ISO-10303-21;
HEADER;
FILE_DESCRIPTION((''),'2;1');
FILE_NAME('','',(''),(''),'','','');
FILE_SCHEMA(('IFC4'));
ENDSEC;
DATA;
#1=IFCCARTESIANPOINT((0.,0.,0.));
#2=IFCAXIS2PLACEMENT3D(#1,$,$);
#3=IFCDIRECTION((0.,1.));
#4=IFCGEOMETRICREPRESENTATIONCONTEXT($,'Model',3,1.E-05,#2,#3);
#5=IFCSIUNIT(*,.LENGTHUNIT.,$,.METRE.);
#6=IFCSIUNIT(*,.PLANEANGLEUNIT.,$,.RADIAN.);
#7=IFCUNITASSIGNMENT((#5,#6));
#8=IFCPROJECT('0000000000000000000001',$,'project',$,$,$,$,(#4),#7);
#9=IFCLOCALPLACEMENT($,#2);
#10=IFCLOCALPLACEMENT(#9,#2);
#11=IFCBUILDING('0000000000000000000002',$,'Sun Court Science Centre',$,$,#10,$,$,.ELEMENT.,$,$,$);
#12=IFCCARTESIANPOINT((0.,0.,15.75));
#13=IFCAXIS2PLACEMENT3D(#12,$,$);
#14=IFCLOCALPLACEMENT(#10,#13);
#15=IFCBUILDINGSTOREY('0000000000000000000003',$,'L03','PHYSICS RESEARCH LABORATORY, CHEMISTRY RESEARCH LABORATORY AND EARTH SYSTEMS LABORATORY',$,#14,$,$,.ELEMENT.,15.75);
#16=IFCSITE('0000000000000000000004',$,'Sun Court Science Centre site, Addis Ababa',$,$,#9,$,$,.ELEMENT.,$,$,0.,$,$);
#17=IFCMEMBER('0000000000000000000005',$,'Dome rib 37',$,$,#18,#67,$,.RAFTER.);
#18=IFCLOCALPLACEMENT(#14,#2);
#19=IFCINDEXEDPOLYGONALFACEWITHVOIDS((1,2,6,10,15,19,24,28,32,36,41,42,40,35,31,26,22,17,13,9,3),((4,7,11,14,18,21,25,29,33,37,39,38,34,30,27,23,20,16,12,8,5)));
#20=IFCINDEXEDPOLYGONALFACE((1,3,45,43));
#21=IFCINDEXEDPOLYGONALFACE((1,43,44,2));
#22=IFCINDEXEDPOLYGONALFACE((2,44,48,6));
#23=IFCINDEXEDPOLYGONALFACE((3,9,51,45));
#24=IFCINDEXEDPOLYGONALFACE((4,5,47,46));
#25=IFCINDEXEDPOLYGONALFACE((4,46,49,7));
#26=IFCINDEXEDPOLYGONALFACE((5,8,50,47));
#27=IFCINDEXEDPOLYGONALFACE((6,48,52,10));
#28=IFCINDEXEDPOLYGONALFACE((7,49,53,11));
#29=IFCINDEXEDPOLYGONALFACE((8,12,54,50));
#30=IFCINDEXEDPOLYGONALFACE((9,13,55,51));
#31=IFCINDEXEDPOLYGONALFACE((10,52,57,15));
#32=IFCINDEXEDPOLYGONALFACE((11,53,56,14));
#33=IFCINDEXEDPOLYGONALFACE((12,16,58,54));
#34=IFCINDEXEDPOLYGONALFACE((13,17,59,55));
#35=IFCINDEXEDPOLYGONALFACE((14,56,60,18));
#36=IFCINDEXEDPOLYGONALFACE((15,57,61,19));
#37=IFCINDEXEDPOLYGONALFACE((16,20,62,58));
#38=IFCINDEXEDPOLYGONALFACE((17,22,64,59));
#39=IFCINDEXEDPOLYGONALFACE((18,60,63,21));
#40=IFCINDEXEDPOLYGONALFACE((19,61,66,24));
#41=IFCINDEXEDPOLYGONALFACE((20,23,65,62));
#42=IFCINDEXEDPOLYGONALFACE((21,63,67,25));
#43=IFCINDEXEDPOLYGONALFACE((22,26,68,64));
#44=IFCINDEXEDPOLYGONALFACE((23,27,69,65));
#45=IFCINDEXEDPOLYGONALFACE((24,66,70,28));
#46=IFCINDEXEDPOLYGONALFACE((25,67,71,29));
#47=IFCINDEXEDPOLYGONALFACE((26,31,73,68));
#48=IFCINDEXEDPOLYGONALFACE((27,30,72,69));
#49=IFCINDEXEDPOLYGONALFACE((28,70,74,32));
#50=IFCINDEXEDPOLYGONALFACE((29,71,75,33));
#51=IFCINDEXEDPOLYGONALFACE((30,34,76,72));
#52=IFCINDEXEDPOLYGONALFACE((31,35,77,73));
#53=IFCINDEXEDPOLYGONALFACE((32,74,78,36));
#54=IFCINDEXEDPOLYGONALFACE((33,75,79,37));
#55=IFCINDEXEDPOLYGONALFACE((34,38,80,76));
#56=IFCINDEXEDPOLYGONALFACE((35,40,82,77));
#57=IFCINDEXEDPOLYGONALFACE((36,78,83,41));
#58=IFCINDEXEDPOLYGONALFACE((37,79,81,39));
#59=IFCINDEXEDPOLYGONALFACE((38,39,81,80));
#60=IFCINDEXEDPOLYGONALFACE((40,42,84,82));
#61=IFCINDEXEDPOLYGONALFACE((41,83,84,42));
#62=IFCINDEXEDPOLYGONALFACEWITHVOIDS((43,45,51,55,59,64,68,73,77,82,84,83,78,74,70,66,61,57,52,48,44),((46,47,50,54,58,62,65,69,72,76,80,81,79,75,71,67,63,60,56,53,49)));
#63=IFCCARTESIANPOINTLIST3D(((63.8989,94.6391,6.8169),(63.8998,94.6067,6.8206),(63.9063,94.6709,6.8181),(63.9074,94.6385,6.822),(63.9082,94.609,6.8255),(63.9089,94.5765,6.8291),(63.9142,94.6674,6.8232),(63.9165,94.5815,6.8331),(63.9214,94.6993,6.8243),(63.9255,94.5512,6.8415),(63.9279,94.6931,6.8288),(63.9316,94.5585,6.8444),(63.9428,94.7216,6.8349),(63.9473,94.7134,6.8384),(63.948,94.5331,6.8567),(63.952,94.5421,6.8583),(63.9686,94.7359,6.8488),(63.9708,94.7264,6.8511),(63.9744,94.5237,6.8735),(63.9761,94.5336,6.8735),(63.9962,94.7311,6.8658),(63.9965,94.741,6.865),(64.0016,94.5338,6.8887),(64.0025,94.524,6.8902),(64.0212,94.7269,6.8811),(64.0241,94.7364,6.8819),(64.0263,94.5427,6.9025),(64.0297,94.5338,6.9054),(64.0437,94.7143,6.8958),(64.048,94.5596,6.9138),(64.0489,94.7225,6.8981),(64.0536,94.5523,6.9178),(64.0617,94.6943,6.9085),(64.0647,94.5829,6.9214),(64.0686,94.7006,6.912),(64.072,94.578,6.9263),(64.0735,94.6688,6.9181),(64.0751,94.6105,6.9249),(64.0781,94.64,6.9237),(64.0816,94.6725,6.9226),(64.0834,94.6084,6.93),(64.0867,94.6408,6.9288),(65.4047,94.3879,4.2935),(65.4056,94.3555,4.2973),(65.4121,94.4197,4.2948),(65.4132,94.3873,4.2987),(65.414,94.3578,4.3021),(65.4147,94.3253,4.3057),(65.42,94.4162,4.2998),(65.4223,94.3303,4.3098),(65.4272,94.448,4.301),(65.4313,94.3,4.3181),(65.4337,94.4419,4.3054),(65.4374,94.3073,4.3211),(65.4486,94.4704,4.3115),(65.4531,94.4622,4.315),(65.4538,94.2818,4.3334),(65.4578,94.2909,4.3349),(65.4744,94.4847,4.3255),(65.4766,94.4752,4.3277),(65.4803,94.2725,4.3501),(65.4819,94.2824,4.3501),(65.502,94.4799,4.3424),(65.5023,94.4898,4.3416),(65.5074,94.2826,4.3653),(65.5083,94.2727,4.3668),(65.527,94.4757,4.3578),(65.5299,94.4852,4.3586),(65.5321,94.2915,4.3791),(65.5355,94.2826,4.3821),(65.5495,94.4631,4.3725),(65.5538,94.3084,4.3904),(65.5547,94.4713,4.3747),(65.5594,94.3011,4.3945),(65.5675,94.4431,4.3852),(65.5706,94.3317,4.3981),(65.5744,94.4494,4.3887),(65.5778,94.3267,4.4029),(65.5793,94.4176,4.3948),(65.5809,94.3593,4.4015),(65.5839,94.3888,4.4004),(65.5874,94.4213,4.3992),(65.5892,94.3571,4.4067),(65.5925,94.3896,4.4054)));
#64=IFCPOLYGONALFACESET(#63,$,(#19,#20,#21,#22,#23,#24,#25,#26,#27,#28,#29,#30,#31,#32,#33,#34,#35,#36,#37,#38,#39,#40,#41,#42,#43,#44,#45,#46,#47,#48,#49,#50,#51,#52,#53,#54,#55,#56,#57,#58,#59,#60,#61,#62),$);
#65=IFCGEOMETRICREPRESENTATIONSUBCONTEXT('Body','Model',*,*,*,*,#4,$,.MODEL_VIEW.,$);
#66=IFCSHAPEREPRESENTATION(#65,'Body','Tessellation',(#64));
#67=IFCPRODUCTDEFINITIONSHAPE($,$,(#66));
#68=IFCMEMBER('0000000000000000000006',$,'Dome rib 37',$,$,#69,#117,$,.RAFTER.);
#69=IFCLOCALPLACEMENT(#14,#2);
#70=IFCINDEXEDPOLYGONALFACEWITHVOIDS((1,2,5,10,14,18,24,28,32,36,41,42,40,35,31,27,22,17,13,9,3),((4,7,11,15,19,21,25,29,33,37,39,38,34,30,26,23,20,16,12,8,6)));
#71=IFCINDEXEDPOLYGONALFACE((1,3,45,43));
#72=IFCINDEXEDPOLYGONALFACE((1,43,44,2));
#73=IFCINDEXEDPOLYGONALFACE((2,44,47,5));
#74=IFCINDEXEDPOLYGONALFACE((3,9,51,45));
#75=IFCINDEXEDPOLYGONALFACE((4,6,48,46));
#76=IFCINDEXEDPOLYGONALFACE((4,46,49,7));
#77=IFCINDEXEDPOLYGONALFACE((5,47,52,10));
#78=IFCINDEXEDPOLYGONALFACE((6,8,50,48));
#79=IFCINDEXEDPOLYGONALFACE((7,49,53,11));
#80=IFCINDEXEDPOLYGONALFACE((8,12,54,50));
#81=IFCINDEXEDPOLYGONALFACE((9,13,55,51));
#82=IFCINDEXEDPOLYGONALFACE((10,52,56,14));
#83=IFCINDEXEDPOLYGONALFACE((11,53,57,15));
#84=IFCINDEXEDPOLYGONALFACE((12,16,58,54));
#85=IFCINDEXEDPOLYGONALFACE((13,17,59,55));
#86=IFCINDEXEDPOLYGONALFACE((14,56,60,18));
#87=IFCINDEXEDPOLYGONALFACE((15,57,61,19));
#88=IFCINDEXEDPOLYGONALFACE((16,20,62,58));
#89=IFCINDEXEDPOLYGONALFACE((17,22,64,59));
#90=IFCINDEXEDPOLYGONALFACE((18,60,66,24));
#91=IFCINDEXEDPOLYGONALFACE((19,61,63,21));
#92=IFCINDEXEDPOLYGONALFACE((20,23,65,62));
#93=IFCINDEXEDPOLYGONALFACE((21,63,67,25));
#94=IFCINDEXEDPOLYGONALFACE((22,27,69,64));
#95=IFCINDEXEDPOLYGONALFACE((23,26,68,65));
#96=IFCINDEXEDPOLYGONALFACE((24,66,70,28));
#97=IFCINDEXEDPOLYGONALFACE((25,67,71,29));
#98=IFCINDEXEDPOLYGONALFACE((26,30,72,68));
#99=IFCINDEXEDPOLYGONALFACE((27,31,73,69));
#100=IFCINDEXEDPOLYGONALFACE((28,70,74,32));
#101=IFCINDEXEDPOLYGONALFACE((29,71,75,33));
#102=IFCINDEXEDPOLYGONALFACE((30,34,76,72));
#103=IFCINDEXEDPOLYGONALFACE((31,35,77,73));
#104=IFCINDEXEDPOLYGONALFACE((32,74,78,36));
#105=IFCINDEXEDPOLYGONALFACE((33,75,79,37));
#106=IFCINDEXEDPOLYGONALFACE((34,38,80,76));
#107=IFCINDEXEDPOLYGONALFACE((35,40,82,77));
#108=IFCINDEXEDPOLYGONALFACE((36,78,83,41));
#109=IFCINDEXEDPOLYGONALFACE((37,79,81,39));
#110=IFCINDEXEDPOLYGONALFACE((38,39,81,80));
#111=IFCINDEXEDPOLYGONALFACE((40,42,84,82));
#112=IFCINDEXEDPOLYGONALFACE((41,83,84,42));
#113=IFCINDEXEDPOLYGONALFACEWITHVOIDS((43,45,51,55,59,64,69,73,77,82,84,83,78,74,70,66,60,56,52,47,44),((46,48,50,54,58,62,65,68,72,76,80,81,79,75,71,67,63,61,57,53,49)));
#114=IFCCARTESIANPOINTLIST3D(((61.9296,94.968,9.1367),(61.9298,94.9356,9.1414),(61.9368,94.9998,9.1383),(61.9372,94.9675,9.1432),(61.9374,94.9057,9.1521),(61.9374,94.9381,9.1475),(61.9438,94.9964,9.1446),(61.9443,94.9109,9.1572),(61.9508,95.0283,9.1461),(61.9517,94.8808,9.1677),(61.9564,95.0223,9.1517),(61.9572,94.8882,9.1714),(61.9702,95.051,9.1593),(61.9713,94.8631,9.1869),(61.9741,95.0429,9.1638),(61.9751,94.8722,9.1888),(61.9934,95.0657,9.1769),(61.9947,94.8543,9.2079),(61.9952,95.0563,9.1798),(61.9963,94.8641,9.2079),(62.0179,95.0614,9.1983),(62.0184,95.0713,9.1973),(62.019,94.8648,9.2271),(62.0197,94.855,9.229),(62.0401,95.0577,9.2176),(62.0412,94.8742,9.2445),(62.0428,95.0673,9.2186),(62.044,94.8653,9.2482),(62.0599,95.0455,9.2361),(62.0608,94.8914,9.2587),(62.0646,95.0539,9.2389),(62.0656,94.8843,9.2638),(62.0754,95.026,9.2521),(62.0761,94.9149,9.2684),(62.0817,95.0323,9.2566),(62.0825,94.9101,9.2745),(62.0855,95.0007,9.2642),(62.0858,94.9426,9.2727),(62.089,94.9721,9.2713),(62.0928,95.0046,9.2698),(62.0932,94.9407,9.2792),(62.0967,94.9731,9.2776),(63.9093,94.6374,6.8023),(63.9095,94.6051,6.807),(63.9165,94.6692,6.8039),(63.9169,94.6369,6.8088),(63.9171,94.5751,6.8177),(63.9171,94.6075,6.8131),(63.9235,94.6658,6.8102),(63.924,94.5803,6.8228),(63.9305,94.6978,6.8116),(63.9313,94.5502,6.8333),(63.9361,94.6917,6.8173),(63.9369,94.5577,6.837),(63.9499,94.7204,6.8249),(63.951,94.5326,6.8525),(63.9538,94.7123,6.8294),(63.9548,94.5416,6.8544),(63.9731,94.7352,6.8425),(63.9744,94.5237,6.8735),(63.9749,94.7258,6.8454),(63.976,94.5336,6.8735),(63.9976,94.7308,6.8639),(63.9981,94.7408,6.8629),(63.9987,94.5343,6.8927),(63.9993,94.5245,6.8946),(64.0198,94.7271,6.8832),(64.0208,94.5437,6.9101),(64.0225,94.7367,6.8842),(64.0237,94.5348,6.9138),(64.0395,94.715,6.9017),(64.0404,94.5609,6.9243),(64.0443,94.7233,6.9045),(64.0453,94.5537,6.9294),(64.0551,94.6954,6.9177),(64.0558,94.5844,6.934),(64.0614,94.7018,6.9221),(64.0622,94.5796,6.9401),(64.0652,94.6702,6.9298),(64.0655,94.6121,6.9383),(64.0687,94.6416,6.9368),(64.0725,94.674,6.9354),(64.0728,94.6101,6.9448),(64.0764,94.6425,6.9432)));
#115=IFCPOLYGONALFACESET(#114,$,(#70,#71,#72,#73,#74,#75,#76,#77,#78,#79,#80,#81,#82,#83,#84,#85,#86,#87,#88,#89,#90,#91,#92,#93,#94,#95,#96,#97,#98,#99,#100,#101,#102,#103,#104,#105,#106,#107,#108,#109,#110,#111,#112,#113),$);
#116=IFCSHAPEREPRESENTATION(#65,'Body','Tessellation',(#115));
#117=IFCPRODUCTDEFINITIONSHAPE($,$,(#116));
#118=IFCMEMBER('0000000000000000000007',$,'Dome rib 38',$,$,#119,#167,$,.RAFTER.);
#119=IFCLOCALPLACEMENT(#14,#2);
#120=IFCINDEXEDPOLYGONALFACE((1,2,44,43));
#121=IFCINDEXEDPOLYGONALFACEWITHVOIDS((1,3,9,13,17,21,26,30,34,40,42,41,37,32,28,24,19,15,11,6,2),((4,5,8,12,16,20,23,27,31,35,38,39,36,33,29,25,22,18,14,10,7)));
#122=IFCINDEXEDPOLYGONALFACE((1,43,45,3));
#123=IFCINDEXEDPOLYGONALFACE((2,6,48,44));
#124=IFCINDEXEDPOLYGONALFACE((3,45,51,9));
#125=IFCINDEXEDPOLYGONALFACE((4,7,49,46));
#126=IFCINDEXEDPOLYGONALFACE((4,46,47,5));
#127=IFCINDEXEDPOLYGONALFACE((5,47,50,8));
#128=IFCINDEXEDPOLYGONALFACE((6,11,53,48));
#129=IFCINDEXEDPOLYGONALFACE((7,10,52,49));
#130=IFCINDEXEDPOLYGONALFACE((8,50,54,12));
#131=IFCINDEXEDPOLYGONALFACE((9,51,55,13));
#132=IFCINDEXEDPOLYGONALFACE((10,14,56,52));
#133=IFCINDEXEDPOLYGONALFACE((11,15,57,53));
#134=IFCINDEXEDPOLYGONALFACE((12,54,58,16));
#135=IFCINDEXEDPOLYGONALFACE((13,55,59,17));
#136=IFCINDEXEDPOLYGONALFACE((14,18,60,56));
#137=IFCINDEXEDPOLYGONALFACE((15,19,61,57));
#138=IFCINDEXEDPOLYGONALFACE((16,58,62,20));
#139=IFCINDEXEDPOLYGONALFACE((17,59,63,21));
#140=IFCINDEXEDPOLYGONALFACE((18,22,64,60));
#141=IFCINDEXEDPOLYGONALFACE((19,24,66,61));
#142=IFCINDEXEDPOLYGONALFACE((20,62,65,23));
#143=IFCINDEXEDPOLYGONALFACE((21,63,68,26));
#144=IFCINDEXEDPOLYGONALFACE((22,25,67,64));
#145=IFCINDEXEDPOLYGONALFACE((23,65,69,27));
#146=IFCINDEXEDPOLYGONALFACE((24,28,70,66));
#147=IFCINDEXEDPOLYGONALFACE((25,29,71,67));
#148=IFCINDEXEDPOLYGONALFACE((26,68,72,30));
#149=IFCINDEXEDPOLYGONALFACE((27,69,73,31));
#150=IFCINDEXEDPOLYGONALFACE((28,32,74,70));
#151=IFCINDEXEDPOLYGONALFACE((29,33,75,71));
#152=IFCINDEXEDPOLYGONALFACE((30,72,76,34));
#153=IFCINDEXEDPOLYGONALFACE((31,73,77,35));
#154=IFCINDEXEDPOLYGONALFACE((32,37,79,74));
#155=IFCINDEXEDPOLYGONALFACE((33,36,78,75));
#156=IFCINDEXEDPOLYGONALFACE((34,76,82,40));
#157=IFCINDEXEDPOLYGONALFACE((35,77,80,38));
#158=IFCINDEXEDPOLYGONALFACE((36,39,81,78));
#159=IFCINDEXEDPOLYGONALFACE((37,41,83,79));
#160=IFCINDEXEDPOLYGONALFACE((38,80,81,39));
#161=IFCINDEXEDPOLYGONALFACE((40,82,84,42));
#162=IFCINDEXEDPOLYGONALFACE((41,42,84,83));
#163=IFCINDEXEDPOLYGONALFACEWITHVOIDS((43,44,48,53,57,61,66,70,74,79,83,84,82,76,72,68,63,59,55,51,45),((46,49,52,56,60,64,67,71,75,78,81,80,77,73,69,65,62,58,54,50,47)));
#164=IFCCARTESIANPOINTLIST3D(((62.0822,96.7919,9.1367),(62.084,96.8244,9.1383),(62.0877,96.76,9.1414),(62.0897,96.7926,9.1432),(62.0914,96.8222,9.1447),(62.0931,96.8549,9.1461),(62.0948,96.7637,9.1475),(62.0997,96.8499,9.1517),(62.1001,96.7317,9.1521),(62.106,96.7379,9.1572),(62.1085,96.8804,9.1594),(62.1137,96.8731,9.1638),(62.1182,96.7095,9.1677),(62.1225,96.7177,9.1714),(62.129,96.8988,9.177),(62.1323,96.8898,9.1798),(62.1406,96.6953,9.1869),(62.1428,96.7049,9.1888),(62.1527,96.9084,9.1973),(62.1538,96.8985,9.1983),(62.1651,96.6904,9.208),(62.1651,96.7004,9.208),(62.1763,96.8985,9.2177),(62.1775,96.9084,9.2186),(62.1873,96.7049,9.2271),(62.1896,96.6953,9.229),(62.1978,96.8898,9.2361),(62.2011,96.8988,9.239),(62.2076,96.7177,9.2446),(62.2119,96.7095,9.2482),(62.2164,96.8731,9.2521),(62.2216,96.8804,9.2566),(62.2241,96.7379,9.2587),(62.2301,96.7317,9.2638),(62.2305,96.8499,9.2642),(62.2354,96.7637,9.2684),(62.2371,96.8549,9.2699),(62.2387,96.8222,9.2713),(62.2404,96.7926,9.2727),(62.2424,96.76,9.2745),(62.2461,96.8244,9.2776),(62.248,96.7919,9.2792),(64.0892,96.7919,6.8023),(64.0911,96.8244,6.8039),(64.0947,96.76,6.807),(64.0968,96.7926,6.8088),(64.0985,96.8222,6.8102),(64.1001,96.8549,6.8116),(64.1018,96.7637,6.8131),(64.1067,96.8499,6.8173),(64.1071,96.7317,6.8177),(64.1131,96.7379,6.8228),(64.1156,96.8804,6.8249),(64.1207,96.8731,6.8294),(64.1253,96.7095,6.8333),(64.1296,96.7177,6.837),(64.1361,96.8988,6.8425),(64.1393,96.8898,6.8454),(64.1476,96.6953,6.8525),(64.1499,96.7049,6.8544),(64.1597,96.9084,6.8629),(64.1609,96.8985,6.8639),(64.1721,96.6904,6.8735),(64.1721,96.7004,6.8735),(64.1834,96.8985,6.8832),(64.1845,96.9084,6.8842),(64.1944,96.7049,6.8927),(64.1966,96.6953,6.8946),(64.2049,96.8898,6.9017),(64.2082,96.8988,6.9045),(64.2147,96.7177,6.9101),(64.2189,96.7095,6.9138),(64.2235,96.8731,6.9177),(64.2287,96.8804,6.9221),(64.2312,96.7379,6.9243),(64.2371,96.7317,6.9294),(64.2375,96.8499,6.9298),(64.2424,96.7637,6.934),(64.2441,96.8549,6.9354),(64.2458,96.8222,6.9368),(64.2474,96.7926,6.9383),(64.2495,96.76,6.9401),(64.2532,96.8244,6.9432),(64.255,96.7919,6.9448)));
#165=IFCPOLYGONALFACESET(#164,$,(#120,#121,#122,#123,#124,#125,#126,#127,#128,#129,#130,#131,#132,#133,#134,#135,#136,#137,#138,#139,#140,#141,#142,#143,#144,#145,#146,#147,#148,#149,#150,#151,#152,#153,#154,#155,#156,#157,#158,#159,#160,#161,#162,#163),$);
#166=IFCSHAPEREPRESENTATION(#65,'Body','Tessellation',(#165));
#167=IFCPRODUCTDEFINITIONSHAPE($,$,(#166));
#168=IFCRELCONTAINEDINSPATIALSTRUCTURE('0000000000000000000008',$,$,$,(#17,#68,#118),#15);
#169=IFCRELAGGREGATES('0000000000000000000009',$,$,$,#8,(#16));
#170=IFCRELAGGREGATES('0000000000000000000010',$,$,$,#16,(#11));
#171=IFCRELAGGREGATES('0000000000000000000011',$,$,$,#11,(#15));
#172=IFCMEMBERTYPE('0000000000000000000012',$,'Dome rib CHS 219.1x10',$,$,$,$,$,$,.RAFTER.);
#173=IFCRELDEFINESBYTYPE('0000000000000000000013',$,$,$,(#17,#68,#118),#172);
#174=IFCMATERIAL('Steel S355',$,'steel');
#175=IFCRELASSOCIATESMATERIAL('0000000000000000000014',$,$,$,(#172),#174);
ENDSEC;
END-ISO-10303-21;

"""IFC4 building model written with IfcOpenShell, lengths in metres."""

from ifc_helpers import new_model, si_unit, direction, frame, origin, origin_2d, place, context, subcontext, project, spatial, hollow_circle, extrude, material, material_profile, profile_set, type_object, element, save


model = new_model("IFC4")

# Units and contexts
model_context = context("Model", 3, precision=1e-05, world=origin(), true_north=direction((0.0, 1.0)))
body_context = subcontext(model_context, "Body", "Model", "MODEL_VIEW")
ifc_project = project(units=[si_unit("LENGTHUNIT", "METRE"), si_unit("PLANEANGLEUNIT", "RADIAN")], contexts=[model_context])

# Site, building, storey
site_placement = place(None, origin())
site = spatial("IfcSite", under=ifc_project, at=site_placement, Name="Sun Court Science Centre site, Addis Ababa", CompositionType="ELEMENT", RefElevation=0.0)
building_placement = place(site_placement, origin())
building = spatial("IfcBuilding", under=site, at=building_placement, Name="Sun Court Science Centre", CompositionType="ELEMENT")
storey_placement = place(building_placement, frame((0.0, 0.0, 15.75)))
storey = spatial("IfcBuildingStorey", under=building, at=storey_placement, Name="L03", Description="PHYSICS RESEARCH LABORATORY, CHEMISTRY RESEARCH LABORATORY AND EARTH SYSTEMS LABORATORY", CompositionType="ELEMENT", Elevation=15.75)

# Members
ifc_material_1 = material(Name="Steel S355", Category="steel")
ifc_material_profile_1 = material_profile(ifc_material_1, hollow_circle(Radius=0.1096, WallThickness=0.01, at=origin_2d()), Name="CHS 219.1x10")
ifc_profile_set_1 = profile_set([ifc_material_profile_1], Name="Steel S355")
member_type_1 = type_object("IfcMemberType", Name="Dome rib CHS 219.1x10", PredefinedType="RAFTER", material=ifc_profile_set_1)
member_1_placement = place(storey_placement, frame((65.4983, 94.3806, 4.3501), z_axis=(-0.510579, 0.085179, 0.855601), x_axis=(-0.164555, -0.986368, 0.0)))
element("IfcMember", 1, at=member_1_placement, inside=storey, type_object=member_type_1, Name="Dome rib 37", PredefinedType="RAFTER", context=body_context, shape_type="SweptSolid", body=[
    extrude(hollow_circle(Radius=0.1096, WallThickness=0.01, at=origin_2d()), origin(), (0.0, 0.0, 1.0), 2.9492),
])
for number, where, z_axis, x_axis, name in (
    (2, (63.9924, 94.6318, 6.8735), (-0.643043, 0.107372, 0.758266), (-0.164695, -0.986345, 0.0), "Dome rib 37"),
    (3, (64.1721, 96.8, 6.8735), (-0.651934, 0.0, 0.758276), (0.0, -1.0, 0.0), "Dome rib 38"),
):
    element("IfcMember", number, at=place(storey_placement, frame(where, z_axis=z_axis, x_axis=x_axis)), inside=storey, type_object=member_type_1, Name=name, PredefinedType="RAFTER", context=body_context, shape_type="SweptSolid", body=[
        extrude(hollow_circle(Radius=0.1096, WallThickness=0.01, at=origin_2d()), origin(), (0.0, 0.0, 1.0), 3.0786),
    ])

save(model, "model.ifc")
